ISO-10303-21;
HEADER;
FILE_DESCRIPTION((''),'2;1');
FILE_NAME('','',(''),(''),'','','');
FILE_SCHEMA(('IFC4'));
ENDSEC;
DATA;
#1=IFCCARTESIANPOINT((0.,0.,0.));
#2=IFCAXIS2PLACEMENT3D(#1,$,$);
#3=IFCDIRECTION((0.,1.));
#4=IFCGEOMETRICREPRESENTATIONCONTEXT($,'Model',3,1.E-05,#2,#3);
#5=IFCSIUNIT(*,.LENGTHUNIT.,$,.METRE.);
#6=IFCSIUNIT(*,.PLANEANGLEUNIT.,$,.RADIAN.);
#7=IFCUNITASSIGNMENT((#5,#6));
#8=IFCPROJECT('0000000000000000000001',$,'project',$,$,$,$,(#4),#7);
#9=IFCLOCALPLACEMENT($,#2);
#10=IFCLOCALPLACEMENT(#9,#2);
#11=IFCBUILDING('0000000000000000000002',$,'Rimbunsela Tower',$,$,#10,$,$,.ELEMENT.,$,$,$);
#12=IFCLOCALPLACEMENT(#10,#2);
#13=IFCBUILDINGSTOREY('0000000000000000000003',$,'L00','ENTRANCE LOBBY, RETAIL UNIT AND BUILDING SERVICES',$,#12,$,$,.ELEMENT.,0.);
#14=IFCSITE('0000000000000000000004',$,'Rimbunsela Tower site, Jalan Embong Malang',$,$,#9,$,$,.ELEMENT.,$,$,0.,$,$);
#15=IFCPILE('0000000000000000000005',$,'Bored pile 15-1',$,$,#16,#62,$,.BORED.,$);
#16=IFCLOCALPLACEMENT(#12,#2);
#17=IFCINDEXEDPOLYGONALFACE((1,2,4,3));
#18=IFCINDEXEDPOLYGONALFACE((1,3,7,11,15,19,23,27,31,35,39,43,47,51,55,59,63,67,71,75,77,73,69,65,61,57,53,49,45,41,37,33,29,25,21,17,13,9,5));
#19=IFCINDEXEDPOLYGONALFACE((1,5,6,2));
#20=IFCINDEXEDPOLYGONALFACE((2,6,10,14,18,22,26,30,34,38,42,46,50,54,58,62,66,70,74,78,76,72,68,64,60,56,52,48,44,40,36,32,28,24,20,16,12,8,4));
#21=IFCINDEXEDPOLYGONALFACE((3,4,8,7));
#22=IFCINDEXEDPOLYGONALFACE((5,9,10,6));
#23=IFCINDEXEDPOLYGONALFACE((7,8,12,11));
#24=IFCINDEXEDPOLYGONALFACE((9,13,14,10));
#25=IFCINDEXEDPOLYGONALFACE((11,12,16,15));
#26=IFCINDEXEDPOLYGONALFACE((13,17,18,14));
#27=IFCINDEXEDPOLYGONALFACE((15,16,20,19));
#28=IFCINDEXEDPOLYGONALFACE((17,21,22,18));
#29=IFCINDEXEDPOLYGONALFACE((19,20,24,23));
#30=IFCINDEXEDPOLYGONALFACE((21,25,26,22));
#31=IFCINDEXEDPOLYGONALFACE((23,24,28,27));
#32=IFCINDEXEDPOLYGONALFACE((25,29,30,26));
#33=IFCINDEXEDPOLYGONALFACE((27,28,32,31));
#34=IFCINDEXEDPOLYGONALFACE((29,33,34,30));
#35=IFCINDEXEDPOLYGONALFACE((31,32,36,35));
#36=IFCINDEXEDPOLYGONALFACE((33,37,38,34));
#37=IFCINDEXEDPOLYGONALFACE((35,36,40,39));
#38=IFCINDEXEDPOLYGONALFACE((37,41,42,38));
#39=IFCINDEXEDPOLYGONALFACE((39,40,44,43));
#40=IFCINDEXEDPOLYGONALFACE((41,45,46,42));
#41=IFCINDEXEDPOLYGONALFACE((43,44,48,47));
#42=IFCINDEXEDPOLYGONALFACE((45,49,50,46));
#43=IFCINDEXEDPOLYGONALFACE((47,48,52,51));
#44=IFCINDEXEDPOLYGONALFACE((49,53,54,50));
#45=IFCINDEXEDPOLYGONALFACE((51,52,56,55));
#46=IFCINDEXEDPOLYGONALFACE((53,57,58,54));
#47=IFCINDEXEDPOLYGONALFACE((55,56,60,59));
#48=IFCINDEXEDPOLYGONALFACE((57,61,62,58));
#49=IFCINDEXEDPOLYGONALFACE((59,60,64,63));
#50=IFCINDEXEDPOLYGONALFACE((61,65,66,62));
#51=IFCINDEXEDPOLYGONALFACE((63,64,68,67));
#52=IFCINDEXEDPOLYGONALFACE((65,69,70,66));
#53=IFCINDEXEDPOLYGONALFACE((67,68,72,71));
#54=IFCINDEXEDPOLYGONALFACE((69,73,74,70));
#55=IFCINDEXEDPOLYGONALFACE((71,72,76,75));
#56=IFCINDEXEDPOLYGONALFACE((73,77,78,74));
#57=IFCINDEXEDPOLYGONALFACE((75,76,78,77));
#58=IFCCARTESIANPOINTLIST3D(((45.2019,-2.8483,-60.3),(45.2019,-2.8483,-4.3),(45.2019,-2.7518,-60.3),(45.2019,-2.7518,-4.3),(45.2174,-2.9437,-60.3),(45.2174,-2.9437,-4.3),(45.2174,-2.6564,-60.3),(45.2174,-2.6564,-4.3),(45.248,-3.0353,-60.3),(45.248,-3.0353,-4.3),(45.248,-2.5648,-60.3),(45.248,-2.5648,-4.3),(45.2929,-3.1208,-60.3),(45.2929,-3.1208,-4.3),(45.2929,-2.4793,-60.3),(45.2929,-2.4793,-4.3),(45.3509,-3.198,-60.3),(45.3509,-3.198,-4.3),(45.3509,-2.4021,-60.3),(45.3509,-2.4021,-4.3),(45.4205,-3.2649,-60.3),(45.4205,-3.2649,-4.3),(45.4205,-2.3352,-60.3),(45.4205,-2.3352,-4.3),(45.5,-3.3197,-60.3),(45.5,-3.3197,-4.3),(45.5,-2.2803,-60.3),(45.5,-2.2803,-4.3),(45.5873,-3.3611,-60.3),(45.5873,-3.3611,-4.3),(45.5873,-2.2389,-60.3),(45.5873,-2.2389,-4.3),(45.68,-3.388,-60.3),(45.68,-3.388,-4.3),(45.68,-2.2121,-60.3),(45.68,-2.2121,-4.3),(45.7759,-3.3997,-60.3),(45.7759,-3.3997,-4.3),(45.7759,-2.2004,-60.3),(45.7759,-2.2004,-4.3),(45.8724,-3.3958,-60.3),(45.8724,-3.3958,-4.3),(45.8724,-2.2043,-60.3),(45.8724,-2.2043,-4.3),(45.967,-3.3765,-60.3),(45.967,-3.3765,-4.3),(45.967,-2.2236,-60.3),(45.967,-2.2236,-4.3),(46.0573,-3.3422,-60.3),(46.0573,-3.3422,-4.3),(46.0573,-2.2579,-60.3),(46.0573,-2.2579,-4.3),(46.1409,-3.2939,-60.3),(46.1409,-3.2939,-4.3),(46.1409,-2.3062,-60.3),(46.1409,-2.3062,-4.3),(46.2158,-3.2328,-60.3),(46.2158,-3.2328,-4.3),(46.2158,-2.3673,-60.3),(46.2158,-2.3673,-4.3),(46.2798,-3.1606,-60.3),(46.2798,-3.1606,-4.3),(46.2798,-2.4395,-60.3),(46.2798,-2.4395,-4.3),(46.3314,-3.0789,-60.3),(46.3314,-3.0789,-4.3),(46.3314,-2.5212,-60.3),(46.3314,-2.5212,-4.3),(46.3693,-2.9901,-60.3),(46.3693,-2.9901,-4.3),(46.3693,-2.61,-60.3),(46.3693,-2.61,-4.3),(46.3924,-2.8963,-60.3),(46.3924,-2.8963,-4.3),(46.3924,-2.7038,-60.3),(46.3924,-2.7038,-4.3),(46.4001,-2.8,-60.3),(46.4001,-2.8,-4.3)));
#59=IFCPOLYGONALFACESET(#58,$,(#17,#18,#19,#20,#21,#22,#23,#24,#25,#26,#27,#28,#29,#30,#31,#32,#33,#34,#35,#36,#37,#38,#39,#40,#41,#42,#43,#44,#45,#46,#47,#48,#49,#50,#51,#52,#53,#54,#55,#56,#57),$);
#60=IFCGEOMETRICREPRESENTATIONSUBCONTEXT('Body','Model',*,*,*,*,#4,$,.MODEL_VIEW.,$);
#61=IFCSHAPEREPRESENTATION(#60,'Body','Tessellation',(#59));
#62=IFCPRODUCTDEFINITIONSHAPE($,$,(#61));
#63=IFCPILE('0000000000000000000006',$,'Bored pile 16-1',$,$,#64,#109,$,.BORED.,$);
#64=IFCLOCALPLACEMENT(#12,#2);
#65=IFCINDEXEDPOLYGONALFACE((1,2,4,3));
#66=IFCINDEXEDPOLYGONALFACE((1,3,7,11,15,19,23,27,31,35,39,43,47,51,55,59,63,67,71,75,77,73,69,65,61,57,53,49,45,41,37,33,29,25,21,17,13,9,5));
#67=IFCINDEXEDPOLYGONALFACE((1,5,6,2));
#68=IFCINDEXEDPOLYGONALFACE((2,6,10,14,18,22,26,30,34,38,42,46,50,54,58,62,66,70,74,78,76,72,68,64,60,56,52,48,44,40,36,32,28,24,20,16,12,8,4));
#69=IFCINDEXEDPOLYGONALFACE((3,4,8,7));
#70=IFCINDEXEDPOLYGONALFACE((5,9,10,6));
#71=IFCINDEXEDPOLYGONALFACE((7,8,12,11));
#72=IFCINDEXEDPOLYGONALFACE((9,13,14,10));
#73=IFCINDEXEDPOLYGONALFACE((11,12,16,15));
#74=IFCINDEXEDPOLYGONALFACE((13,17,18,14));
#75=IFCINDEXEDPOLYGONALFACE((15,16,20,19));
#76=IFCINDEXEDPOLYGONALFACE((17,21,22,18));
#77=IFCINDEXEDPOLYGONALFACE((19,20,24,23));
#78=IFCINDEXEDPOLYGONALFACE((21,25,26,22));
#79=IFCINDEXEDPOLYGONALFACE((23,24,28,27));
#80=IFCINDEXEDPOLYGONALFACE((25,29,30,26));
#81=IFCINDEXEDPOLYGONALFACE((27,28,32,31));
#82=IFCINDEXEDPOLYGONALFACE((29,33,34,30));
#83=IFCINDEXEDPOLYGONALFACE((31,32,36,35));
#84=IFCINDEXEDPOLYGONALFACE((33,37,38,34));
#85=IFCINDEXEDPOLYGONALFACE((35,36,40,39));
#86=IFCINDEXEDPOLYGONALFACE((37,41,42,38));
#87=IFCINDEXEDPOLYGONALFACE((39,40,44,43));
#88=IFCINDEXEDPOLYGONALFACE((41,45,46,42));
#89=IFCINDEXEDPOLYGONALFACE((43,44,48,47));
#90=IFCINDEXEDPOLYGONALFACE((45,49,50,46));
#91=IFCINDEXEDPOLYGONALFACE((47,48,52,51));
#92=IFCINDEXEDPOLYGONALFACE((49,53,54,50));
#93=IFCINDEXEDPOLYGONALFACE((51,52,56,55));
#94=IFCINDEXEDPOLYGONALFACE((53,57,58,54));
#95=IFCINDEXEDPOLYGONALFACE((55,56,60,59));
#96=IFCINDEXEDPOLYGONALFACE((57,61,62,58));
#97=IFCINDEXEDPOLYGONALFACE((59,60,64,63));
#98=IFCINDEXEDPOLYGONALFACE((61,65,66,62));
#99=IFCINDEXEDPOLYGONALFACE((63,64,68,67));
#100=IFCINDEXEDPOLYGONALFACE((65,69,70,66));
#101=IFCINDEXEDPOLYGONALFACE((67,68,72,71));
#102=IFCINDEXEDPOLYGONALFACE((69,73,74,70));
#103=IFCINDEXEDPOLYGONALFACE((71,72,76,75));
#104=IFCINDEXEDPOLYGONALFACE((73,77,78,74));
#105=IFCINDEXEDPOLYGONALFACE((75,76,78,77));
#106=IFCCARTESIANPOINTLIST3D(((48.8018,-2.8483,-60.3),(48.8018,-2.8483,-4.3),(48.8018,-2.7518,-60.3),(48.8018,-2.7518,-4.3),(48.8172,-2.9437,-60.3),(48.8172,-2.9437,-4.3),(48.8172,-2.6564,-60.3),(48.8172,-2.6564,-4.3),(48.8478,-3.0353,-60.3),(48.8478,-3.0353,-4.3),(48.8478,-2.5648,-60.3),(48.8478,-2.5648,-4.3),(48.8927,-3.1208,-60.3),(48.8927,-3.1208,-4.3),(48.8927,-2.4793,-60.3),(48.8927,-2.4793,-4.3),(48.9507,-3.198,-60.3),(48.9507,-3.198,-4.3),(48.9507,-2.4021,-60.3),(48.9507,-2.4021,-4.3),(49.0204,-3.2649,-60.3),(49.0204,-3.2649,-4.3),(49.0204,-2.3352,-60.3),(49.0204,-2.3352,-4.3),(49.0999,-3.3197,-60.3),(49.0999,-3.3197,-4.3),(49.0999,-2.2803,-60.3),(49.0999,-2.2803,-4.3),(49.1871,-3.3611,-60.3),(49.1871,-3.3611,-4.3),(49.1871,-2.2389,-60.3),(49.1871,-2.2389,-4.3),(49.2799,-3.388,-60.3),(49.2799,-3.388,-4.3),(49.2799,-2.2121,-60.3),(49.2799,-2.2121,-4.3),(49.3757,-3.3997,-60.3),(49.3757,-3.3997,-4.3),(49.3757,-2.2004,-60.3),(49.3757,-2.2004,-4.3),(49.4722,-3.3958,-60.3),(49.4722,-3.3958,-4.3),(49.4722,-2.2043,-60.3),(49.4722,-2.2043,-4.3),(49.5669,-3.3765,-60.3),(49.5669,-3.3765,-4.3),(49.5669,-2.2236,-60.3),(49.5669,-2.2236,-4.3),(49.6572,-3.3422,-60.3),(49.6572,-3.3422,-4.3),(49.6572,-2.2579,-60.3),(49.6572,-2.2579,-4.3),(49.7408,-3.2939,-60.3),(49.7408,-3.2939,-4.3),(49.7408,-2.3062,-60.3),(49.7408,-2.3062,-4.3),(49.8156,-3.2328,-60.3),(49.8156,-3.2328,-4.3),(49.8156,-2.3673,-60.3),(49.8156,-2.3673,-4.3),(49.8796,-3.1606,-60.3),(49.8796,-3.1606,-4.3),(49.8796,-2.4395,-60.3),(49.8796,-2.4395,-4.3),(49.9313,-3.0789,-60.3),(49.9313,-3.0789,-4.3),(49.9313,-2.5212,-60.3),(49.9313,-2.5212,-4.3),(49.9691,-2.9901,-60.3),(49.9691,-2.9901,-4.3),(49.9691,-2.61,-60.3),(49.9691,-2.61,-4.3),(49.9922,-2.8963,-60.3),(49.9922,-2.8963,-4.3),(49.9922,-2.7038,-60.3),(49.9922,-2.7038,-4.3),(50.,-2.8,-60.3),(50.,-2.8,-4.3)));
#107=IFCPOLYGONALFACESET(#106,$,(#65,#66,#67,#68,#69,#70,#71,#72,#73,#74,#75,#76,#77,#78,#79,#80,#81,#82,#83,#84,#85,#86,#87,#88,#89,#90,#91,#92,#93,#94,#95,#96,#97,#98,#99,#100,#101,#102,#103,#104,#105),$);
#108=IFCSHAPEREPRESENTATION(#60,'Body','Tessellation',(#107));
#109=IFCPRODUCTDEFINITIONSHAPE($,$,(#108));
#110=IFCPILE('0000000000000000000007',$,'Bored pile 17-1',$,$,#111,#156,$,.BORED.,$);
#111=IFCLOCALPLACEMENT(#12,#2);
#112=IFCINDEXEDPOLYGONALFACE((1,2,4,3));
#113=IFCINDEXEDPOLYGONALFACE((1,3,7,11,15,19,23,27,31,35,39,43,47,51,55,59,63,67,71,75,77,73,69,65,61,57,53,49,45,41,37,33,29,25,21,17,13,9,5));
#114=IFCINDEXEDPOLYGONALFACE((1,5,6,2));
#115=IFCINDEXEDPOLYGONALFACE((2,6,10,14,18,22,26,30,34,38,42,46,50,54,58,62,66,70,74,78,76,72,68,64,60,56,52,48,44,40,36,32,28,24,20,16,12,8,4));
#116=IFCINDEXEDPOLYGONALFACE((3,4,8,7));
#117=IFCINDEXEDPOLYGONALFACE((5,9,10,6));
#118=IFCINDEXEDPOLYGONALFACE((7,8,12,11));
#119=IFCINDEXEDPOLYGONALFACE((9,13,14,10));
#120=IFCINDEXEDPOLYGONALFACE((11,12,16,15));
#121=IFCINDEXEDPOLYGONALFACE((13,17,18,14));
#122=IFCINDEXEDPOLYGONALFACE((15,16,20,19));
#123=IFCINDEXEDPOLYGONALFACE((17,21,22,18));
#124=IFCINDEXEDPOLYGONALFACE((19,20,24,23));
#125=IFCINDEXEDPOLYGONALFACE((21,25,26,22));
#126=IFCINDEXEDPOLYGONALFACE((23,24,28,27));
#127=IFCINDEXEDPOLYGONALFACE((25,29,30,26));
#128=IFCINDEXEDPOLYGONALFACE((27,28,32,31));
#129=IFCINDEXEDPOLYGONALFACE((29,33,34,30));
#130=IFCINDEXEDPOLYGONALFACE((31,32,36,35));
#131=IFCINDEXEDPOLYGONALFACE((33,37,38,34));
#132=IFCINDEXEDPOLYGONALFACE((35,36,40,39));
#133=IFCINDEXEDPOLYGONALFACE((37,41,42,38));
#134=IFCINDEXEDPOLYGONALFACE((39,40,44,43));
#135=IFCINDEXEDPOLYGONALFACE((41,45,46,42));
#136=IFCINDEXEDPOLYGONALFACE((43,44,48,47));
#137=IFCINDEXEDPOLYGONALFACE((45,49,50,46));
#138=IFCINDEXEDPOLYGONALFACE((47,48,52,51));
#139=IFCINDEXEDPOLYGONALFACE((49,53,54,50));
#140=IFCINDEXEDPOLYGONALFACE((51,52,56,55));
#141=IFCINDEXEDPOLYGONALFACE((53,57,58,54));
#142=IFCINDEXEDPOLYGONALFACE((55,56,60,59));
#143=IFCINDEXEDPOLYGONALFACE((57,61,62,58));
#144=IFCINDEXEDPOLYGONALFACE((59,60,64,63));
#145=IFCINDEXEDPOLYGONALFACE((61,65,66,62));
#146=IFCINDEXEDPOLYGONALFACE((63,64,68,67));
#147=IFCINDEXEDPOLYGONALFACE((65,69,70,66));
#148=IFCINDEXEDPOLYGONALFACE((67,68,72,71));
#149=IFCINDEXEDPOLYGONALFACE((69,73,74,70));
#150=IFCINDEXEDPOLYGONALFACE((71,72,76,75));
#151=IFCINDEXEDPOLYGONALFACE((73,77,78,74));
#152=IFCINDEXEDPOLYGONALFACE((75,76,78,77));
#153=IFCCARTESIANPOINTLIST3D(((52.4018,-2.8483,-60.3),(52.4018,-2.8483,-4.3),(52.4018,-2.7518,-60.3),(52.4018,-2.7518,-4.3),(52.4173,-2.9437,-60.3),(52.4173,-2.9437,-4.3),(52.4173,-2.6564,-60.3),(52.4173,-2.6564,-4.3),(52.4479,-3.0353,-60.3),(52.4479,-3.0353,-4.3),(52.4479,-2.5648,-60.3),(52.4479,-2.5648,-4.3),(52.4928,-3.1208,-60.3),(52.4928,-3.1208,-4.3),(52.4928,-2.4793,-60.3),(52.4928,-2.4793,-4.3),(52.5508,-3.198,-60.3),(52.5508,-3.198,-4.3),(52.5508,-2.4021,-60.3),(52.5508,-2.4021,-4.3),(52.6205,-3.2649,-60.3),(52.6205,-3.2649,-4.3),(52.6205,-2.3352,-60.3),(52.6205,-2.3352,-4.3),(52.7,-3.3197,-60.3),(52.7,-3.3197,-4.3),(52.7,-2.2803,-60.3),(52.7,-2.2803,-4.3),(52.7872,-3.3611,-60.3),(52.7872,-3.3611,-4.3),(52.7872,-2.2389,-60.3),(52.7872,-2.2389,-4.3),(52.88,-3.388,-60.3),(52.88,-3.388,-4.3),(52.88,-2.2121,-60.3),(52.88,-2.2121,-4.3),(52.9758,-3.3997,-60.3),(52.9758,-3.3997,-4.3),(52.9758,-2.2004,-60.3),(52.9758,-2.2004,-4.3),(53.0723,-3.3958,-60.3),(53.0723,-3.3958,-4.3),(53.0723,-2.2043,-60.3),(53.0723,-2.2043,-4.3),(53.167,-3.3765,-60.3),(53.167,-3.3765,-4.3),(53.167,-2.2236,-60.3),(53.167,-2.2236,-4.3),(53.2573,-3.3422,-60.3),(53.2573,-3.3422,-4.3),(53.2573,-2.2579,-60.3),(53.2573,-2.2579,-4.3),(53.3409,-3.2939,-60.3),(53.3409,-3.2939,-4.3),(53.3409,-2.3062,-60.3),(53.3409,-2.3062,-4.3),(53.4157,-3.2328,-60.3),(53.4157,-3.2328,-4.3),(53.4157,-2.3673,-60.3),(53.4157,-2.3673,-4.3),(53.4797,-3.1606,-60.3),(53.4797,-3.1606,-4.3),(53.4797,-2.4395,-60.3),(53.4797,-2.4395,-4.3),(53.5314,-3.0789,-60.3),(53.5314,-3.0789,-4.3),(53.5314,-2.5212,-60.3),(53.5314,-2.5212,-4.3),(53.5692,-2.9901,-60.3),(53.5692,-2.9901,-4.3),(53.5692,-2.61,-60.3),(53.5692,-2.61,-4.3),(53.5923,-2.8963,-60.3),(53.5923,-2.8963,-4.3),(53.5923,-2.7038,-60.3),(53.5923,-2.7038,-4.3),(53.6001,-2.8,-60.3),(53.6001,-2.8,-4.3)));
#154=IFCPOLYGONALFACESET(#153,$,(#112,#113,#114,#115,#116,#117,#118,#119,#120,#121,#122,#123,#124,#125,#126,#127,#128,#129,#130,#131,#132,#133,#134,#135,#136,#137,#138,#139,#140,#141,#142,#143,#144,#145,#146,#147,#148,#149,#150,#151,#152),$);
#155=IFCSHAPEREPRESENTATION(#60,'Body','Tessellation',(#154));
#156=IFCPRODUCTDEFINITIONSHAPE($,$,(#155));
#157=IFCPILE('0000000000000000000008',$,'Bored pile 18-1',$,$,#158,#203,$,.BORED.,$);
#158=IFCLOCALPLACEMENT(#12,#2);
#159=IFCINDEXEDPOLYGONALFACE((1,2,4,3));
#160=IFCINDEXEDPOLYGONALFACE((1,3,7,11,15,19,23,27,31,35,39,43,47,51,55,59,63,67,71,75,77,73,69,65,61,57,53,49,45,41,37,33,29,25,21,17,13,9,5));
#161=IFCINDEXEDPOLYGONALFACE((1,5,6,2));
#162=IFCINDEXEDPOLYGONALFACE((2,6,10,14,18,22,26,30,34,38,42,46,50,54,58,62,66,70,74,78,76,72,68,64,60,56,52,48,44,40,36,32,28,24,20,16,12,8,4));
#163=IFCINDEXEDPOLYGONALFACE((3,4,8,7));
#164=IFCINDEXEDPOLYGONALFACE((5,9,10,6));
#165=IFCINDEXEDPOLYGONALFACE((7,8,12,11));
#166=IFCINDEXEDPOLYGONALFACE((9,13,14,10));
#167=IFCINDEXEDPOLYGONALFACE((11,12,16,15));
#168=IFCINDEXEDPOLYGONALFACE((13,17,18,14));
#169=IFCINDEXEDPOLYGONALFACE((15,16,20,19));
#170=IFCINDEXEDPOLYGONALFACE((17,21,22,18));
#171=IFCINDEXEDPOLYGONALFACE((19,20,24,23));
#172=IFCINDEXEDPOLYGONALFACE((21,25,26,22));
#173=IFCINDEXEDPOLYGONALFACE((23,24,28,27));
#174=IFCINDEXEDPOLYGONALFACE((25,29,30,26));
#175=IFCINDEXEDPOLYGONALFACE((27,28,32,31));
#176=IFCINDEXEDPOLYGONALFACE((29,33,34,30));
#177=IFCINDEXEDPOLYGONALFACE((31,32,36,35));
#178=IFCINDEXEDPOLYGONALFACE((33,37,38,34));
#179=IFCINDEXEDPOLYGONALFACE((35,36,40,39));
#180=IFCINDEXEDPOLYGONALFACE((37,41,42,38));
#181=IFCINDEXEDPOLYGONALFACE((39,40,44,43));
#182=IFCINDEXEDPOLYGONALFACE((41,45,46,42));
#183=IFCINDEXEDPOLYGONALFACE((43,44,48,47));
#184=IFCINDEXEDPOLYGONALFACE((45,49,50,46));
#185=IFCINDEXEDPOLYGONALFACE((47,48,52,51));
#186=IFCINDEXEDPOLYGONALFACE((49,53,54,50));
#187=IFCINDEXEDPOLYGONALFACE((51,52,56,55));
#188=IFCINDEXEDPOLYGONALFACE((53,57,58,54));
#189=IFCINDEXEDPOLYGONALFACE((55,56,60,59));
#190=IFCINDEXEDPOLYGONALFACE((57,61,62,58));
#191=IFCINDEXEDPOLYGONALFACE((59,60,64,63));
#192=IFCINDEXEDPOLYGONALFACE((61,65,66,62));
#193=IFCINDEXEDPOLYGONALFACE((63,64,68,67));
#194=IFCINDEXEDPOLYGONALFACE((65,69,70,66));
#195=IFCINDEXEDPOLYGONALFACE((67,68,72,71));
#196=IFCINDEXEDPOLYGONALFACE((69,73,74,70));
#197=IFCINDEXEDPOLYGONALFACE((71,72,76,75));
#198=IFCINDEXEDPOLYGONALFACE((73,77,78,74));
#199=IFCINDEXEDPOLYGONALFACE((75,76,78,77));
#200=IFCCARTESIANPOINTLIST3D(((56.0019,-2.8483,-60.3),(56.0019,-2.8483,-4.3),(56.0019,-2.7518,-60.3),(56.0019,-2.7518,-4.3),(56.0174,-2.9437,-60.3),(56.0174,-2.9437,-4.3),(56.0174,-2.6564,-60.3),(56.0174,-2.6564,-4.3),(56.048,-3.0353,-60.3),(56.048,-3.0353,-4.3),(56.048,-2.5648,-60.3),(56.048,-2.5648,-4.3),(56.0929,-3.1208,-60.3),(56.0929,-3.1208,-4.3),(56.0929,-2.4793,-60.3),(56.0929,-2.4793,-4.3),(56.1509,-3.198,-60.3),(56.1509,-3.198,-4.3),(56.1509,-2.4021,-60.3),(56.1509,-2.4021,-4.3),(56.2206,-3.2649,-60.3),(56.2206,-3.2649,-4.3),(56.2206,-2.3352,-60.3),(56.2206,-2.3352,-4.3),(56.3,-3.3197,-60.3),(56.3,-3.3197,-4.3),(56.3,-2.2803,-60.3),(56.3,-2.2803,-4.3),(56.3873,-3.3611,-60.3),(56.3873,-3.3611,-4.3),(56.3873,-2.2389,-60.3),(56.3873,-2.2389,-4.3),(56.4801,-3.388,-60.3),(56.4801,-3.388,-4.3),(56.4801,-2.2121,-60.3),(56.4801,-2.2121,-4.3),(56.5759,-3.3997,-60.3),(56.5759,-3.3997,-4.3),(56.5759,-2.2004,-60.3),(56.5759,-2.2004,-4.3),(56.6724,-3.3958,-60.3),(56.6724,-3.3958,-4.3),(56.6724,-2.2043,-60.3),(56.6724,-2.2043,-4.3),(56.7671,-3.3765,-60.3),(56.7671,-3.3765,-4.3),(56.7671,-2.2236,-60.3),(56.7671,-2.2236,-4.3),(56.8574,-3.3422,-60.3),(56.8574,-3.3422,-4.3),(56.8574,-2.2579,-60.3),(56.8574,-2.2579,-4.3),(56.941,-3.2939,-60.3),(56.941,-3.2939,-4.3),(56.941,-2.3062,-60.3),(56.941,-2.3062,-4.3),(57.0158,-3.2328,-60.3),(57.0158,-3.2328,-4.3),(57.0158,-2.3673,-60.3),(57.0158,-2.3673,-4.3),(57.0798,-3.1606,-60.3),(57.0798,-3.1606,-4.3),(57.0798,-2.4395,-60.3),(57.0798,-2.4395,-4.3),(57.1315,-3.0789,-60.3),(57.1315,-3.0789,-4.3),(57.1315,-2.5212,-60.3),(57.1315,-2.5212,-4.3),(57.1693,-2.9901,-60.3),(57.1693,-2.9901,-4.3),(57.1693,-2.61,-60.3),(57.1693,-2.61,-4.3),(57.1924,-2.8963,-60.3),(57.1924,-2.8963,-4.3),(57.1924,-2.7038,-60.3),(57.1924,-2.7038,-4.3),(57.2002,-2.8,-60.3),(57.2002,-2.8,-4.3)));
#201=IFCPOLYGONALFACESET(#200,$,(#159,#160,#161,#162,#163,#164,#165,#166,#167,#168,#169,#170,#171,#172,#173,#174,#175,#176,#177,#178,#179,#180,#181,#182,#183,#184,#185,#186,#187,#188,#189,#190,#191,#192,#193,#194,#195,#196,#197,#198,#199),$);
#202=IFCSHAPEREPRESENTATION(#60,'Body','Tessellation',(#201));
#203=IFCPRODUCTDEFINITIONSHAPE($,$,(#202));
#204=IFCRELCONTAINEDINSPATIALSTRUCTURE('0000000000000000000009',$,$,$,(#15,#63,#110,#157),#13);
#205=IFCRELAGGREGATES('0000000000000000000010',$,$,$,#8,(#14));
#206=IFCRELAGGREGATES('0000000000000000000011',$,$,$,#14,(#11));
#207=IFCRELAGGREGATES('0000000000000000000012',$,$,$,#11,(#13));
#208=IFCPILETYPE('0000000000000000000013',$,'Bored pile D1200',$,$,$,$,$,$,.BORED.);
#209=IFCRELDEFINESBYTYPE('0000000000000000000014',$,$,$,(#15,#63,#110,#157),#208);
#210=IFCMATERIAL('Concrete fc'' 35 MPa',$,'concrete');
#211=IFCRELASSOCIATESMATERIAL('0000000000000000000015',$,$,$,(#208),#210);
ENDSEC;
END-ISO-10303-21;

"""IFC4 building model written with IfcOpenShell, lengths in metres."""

from ifc_helpers import new_model, si_unit, direction, frame, origin, origin_2d, place, context, subcontext, project, spatial, circle, extrude, material, material_profile, profile_set, type_object, element, save


model = new_model("IFC4")

# Units and contexts
model_context = context("Model", 3, precision=1e-05, world=origin(), true_north=direction((0.0, 1.0)))
body_context = subcontext(model_context, "Body", "Model", "MODEL_VIEW")
ifc_project = project(units=[si_unit("LENGTHUNIT", "METRE"), si_unit("PLANEANGLEUNIT", "RADIAN")], contexts=[model_context])

# Site, building, storey
site_placement = place(None, origin())
site = spatial("IfcSite", under=ifc_project, at=site_placement, Name="Rimbunsela Tower site, Jalan Embong Malang", CompositionType="ELEMENT", RefElevation=0.0)
building_placement = place(site_placement, origin())
building = spatial("IfcBuilding", under=site, at=building_placement, Name="Rimbunsela Tower", CompositionType="ELEMENT")
storey_placement = place(building_placement, origin())
storey = spatial("IfcBuildingStorey", under=building, at=storey_placement, Name="L00", Description="ENTRANCE LOBBY, RETAIL UNIT AND BUILDING SERVICES", CompositionType="ELEMENT", Elevation=0.0)

# Piles
ifc_material_1 = material(Name="Concrete fc' 35 MPa", Category="concrete")
ifc_material_profile_1 = material_profile(ifc_material_1, circle(Radius=0.6001, at=origin_2d()), Name="BP D1200")
ifc_profile_set_1 = profile_set([ifc_material_profile_1], Name="Concrete fc' 35 MPa")
pile_type = type_object("IfcPileType", Name="Bored pile D1200", PredefinedType="BORED", material=ifc_profile_set_1)
for number, where, z_axis, x_axis, name in (
    (1, (45.8, -2.8, -4.3), (0.0, 0.0, -1.0), (1.0, 0.0, 0.0), "Bored pile 15-1"),
    (2, (49.3999, -2.8, -4.3), (0.0, 0.0, -1.0), (1.0, 0.0, 0.0), "Bored pile 16-1"),
    (3, (53.0, -2.8, -4.3), (0.0, 0.0, -1.0), (1.0, 0.0, 0.0), "Bored pile 17-1"),
    (4, (56.6001, -2.8, -4.3), (0.0, 0.0, -1.0), (1.0, 0.0, 0.0), "Bored pile 18-1"),
):
    element("IfcPile", number, at=place(storey_placement, frame(where, z_axis=z_axis, x_axis=x_axis)), inside=storey, type_object=pile_type, Name=name, PredefinedType="BORED", context=body_context, shape_type="SweptSolid", body=[
        extrude(circle(Radius=0.6001, at=origin_2d()), origin(), (0.0, 0.0, 1.0), 56.0),
    ])

save(model, "model.ifc")
